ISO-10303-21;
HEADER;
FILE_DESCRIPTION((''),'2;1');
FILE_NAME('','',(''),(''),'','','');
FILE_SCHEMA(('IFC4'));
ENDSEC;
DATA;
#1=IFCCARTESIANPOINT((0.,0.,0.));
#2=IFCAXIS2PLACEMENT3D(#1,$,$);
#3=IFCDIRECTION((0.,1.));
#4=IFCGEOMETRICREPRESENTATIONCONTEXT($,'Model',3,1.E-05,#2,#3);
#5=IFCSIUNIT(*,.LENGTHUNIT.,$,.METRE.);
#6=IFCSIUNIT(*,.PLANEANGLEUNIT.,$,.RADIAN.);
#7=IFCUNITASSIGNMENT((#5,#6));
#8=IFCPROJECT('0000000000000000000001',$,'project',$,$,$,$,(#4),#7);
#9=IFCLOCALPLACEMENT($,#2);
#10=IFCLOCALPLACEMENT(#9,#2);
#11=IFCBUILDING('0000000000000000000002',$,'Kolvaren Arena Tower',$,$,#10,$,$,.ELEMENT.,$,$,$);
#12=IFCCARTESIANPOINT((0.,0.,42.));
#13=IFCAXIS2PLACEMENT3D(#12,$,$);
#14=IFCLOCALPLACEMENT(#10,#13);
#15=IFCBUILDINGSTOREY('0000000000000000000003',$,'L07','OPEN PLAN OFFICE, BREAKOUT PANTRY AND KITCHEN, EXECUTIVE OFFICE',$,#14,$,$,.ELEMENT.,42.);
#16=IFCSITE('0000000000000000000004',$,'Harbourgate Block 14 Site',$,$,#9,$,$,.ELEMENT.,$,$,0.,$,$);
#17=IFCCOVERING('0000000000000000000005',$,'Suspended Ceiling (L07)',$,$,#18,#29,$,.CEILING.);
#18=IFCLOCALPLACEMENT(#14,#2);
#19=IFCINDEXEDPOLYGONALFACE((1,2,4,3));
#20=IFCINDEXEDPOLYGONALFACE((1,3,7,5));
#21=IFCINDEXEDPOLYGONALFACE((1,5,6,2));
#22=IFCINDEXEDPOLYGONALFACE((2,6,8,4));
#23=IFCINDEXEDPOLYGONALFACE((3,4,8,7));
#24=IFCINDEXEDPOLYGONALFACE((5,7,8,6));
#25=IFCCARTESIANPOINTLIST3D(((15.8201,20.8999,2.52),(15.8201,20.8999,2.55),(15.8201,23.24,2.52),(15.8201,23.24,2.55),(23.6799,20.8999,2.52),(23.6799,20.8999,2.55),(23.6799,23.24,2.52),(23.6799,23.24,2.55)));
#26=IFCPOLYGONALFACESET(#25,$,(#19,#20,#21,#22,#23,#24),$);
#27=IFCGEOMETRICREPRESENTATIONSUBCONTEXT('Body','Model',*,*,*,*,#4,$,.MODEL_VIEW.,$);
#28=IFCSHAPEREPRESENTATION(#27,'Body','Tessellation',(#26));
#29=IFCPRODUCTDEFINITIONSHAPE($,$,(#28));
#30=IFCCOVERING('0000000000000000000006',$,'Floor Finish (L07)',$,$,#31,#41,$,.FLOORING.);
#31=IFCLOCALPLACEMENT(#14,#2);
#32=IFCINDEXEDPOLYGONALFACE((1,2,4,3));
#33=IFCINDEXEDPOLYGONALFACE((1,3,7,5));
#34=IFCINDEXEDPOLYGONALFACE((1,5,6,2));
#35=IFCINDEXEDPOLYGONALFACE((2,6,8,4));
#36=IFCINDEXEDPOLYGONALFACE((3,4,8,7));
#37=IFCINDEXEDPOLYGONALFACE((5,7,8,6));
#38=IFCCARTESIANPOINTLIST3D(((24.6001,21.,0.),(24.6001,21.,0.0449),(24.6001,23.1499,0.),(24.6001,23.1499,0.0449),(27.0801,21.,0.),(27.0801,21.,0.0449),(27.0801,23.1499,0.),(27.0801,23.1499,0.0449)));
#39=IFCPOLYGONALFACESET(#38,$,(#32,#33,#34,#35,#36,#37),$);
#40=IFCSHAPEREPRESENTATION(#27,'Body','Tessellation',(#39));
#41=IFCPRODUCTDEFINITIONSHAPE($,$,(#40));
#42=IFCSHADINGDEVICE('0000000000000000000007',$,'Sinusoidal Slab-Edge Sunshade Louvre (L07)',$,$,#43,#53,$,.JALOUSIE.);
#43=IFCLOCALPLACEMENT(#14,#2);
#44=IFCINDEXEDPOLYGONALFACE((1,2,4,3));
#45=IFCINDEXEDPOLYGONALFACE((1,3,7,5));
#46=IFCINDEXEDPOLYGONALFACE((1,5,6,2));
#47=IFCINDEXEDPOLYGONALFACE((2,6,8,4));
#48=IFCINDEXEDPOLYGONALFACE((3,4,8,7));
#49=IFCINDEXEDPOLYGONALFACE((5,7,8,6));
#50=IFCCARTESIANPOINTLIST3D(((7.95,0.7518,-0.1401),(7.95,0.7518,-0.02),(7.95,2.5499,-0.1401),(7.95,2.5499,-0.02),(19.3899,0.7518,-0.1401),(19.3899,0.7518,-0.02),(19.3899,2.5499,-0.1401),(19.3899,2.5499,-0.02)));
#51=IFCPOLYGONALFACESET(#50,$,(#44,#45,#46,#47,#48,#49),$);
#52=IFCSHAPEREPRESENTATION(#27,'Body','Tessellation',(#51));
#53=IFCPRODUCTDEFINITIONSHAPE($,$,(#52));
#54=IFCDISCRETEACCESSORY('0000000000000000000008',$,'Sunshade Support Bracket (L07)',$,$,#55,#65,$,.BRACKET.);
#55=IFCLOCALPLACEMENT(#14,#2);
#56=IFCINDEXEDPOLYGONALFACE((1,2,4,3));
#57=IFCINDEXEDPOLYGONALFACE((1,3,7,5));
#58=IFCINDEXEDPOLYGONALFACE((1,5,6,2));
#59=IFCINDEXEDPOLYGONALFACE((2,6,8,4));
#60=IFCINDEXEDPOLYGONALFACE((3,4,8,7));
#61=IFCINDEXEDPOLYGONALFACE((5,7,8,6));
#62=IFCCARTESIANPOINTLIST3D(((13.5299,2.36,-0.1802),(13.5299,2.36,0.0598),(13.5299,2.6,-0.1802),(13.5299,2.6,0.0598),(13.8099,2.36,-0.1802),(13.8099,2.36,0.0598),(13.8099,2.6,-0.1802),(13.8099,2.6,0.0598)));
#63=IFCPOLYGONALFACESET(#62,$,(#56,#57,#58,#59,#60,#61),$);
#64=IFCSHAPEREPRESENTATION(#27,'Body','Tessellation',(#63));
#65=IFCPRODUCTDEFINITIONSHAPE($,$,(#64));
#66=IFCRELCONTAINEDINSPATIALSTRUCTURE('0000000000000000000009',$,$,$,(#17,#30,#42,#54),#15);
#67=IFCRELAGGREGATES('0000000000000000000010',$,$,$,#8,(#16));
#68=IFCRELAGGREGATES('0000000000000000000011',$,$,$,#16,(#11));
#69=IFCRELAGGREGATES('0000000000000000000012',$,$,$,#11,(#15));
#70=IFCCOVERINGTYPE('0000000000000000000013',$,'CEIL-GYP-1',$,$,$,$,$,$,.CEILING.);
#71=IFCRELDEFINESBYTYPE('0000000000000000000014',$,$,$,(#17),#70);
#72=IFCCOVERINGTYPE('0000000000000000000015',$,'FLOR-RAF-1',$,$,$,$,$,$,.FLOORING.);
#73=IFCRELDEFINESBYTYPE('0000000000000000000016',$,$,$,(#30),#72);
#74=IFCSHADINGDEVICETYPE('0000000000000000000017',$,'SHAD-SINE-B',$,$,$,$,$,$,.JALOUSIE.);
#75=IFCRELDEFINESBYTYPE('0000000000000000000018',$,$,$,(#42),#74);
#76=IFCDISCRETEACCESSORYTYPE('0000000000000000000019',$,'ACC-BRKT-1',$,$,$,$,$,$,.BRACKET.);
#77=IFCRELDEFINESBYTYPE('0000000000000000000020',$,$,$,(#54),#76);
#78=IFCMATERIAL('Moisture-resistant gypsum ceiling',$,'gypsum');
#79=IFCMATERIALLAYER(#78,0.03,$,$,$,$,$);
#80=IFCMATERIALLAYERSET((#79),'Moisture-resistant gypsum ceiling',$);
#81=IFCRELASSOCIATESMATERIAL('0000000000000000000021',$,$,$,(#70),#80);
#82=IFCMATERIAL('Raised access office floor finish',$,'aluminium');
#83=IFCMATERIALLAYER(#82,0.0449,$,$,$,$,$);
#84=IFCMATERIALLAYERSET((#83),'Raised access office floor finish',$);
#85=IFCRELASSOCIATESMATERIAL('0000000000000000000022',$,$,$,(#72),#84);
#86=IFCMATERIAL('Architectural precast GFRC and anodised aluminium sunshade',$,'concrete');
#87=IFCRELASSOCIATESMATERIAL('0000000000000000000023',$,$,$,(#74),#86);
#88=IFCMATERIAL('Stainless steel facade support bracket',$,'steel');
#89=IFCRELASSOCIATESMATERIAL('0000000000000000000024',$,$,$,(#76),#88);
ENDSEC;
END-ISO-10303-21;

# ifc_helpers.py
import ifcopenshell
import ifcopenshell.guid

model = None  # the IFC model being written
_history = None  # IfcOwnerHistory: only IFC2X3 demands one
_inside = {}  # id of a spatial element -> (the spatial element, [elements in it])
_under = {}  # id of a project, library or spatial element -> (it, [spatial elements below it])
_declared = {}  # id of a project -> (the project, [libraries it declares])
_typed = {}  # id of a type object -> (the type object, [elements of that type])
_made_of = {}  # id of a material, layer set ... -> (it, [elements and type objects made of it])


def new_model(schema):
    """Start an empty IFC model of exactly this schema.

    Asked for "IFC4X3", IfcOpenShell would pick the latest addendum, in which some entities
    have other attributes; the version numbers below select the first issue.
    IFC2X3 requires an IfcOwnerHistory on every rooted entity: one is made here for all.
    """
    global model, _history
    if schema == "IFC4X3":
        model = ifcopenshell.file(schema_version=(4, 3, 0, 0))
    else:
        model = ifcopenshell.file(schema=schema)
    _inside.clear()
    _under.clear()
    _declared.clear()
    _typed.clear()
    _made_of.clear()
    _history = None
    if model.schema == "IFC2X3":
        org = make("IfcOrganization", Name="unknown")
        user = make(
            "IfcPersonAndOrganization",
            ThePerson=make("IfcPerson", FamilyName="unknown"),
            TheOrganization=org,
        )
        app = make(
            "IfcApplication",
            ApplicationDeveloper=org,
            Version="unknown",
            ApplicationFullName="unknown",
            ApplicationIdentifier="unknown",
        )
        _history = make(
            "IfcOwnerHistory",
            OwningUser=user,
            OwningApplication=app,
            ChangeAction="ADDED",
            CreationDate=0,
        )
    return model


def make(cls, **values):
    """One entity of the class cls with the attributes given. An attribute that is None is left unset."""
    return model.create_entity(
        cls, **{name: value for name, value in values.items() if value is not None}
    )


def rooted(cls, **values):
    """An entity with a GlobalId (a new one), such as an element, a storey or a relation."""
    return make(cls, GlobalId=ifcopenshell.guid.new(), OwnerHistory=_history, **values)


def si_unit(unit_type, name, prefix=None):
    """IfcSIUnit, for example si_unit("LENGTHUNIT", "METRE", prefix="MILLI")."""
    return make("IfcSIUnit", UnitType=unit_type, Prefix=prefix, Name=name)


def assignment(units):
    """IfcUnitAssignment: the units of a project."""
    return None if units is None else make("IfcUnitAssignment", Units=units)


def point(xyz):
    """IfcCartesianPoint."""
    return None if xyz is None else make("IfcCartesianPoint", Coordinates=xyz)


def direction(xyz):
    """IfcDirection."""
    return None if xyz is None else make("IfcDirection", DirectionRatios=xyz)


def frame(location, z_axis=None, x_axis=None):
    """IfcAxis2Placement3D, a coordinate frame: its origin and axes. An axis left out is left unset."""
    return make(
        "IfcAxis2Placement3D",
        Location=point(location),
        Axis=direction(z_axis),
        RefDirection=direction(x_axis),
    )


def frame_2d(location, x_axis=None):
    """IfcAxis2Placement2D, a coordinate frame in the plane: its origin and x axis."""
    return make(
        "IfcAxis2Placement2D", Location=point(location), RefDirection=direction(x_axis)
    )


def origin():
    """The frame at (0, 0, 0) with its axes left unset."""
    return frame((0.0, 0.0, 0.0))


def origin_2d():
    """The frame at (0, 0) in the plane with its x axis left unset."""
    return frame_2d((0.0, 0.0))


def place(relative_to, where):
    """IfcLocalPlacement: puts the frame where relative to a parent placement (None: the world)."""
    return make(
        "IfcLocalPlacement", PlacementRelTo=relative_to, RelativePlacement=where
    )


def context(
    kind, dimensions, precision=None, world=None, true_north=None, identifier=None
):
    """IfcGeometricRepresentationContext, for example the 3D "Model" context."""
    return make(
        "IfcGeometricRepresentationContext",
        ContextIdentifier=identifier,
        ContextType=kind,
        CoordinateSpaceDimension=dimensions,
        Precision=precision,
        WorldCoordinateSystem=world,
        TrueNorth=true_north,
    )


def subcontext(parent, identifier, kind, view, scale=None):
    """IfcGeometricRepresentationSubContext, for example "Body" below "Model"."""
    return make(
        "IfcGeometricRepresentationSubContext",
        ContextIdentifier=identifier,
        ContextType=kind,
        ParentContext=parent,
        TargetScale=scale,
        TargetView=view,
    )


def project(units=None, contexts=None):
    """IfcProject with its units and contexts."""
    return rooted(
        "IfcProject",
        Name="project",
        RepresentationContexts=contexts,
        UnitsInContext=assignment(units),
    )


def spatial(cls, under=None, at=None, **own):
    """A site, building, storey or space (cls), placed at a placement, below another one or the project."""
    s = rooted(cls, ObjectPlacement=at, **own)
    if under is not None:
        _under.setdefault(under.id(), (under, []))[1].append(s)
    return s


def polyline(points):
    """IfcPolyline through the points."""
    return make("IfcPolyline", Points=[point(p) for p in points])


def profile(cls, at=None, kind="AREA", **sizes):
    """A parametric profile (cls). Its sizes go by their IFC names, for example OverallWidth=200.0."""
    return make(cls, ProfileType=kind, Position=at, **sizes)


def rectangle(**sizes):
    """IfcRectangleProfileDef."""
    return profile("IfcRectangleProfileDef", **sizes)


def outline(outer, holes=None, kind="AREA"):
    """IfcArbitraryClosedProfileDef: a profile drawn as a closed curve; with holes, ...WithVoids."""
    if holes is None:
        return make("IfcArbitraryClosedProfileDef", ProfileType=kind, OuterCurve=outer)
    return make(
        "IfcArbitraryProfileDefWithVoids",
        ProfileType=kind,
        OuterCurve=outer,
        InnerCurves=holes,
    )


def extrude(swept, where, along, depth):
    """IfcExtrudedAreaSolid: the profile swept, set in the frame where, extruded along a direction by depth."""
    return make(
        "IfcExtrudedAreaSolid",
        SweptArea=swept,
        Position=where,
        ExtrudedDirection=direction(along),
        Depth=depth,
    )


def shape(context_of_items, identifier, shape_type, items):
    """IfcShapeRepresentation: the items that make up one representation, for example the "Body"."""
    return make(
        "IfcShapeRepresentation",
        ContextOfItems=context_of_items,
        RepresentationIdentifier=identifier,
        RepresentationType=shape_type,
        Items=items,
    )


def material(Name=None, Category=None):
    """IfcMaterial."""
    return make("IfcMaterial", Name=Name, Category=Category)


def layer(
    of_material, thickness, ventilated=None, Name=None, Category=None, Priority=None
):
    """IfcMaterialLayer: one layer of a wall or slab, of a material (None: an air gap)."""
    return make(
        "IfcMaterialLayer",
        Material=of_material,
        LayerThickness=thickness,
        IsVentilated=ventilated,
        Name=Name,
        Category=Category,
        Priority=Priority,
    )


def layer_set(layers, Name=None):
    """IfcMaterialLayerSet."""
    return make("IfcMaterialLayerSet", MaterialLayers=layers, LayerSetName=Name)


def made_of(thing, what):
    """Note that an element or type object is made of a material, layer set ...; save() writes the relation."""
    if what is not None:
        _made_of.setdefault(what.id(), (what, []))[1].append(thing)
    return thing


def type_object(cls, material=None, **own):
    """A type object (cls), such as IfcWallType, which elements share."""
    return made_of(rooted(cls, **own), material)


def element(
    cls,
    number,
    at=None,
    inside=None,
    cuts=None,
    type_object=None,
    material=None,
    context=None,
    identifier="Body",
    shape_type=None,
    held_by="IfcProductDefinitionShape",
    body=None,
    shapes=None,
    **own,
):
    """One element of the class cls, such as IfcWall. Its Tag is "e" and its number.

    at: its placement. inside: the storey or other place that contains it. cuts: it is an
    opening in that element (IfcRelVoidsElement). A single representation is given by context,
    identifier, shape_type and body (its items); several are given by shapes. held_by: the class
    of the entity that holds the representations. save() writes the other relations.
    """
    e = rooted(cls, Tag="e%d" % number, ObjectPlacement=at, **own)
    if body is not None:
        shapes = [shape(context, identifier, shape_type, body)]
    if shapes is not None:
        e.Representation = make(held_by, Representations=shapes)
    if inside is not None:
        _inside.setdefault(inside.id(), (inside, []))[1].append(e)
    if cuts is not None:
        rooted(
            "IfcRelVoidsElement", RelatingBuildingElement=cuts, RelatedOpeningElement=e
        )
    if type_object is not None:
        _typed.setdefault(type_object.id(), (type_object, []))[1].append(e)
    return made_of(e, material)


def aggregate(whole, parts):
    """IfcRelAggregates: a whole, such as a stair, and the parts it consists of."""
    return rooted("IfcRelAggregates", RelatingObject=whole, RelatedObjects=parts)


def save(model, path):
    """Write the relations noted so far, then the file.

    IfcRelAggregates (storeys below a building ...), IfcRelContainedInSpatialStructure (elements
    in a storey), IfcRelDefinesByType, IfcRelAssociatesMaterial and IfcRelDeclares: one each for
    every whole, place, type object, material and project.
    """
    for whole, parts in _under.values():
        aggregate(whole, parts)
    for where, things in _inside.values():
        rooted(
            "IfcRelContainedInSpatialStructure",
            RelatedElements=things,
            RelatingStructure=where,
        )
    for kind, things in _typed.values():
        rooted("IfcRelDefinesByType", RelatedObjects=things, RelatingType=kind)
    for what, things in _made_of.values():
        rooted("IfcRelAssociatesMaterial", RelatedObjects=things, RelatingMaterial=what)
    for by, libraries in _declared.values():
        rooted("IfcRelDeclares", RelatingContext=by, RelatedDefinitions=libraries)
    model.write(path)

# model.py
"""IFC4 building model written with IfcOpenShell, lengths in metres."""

from ifc_helpers import new_model, si_unit, direction, frame, origin, origin_2d, place, context, subcontext, project, spatial, polyline, rectangle, outline, extrude, material, layer, layer_set, type_object, element, save


model = new_model("IFC4")

# Units and contexts
model_context = context("Model", 3, precision=1e-05, world=origin(), true_north=direction((0.0, 1.0)))
body_context = subcontext(model_context, "Body", "Model", "MODEL_VIEW")
ifc_project = project(units=[si_unit("LENGTHUNIT", "METRE"), si_unit("PLANEANGLEUNIT", "RADIAN")], contexts=[model_context])

# Site, building, storey
site_placement = place(None, origin())
site = spatial("IfcSite", under=ifc_project, at=site_placement, Name="Harbourgate Block 14 Site", CompositionType="ELEMENT", RefElevation=0.0)
building_placement = place(site_placement, origin())
building = spatial("IfcBuilding", under=site, at=building_placement, Name="Kolvaren Arena Tower", CompositionType="ELEMENT")
storey_placement = place(building_placement, frame((0.0, 0.0, 42.0)))
storey = spatial("IfcBuildingStorey", under=building, at=storey_placement, Name="L07", Description="OPEN PLAN OFFICE, BREAKOUT PANTRY AND KITCHEN, EXECUTIVE OFFICE", CompositionType="ELEMENT", Elevation=42.0)

# Coverings
ifc_material_1 = material(Name="Moisture-resistant gypsum ceiling", Category="gypsum")
ifc_layer_1 = layer(ifc_material_1, 0.03)
ifc_layer_set_1 = layer_set([ifc_layer_1], Name="Moisture-resistant gypsum ceiling")
covering_type_1 = type_object("IfcCoveringType", Name="CEIL-GYP-1", PredefinedType="CEILING", material=ifc_layer_set_1)
covering_1_placement = place(storey_placement, frame((0.0, 0.0, 2.52)))
element("IfcCovering", 1, at=covering_1_placement, inside=storey, type_object=covering_type_1, Name="Suspended Ceiling (L07)", PredefinedType="CEILING", context=body_context, shape_type="SweptSolid", body=[
    extrude(outline(polyline([(15.8201, 20.8999), (15.8201, 23.24), (23.6799, 23.24), (23.6799, 20.8999), (15.8201, 20.8999)])), origin(), (0.0, 0.0, 1.0), 0.03),
])
ifc_material_2 = material(Name="Raised access office floor finish", Category="aluminium")
ifc_layer_2 = layer(ifc_material_2, 0.0449)
ifc_layer_set_2 = layer_set([ifc_layer_2], Name="Raised access office floor finish")
covering_type_2 = type_object("IfcCoveringType", Name="FLOR-RAF-1", PredefinedType="FLOORING", material=ifc_layer_set_2)
covering_2_placement = place(storey_placement, origin())
element("IfcCovering", 2, at=covering_2_placement, inside=storey, type_object=covering_type_2, Name="Floor Finish (L07)", PredefinedType="FLOORING", context=body_context, shape_type="SweptSolid", body=[
    extrude(outline(polyline([(24.6001, 21.0), (24.6001, 23.1499), (27.0801, 23.1499), (27.0801, 21.0), (24.6001, 21.0)])), origin(), (0.0, 0.0, 1.0), 0.0449),
])

# Shading device
ifc_material_3 = material(Name="Architectural precast GFRC and anodised aluminium sunshade", Category="concrete")
shading_device_type = type_object("IfcShadingDeviceType", Name="SHAD-SINE-B", PredefinedType="JALOUSIE", material=ifc_material_3)
shading_device_placement = place(storey_placement, frame((13.6699, 1.6509, -0.1401), z_axis=(0.0, 0.0, 1.0), x_axis=(-1.0, 0.0, 0.0)))
element("IfcShadingDevice", 3, at=shading_device_placement, inside=storey, type_object=shading_device_type, Name="Sinusoidal Slab-Edge Sunshade Louvre (L07)", PredefinedType="JALOUSIE", context=body_context, shape_type="SweptSolid", body=[
    extrude(rectangle(XDim=11.4399, YDim=1.7981, at=origin_2d()), origin(), (0.0, 0.0, 1.0), 0.1201),
])

# Discrete accessory
ifc_material_4 = material(Name="Stainless steel facade support bracket", Category="steel")
discrete_accessory_type = type_object("IfcDiscreteAccessoryType", Name="ACC-BRKT-1", PredefinedType="BRACKET", material=ifc_material_4)
discrete_accessory_placement = place(storey_placement, frame((13.6699, 2.48, -0.1802), z_axis=(0.0, 0.0, 1.0), x_axis=(-1.0, 0.0, 0.0)))
element("IfcDiscreteAccessory", 4, at=discrete_accessory_placement, inside=storey, type_object=discrete_accessory_type, Name="Sunshade Support Bracket (L07)", PredefinedType="BRACKET", context=body_context, shape_type="SweptSolid", body=[
    extrude(rectangle(XDim=0.28, YDim=0.24, at=origin_2d()), origin(), (0.0, 0.0, 1.0), 0.24),
])

save(model, "model.ifc")
